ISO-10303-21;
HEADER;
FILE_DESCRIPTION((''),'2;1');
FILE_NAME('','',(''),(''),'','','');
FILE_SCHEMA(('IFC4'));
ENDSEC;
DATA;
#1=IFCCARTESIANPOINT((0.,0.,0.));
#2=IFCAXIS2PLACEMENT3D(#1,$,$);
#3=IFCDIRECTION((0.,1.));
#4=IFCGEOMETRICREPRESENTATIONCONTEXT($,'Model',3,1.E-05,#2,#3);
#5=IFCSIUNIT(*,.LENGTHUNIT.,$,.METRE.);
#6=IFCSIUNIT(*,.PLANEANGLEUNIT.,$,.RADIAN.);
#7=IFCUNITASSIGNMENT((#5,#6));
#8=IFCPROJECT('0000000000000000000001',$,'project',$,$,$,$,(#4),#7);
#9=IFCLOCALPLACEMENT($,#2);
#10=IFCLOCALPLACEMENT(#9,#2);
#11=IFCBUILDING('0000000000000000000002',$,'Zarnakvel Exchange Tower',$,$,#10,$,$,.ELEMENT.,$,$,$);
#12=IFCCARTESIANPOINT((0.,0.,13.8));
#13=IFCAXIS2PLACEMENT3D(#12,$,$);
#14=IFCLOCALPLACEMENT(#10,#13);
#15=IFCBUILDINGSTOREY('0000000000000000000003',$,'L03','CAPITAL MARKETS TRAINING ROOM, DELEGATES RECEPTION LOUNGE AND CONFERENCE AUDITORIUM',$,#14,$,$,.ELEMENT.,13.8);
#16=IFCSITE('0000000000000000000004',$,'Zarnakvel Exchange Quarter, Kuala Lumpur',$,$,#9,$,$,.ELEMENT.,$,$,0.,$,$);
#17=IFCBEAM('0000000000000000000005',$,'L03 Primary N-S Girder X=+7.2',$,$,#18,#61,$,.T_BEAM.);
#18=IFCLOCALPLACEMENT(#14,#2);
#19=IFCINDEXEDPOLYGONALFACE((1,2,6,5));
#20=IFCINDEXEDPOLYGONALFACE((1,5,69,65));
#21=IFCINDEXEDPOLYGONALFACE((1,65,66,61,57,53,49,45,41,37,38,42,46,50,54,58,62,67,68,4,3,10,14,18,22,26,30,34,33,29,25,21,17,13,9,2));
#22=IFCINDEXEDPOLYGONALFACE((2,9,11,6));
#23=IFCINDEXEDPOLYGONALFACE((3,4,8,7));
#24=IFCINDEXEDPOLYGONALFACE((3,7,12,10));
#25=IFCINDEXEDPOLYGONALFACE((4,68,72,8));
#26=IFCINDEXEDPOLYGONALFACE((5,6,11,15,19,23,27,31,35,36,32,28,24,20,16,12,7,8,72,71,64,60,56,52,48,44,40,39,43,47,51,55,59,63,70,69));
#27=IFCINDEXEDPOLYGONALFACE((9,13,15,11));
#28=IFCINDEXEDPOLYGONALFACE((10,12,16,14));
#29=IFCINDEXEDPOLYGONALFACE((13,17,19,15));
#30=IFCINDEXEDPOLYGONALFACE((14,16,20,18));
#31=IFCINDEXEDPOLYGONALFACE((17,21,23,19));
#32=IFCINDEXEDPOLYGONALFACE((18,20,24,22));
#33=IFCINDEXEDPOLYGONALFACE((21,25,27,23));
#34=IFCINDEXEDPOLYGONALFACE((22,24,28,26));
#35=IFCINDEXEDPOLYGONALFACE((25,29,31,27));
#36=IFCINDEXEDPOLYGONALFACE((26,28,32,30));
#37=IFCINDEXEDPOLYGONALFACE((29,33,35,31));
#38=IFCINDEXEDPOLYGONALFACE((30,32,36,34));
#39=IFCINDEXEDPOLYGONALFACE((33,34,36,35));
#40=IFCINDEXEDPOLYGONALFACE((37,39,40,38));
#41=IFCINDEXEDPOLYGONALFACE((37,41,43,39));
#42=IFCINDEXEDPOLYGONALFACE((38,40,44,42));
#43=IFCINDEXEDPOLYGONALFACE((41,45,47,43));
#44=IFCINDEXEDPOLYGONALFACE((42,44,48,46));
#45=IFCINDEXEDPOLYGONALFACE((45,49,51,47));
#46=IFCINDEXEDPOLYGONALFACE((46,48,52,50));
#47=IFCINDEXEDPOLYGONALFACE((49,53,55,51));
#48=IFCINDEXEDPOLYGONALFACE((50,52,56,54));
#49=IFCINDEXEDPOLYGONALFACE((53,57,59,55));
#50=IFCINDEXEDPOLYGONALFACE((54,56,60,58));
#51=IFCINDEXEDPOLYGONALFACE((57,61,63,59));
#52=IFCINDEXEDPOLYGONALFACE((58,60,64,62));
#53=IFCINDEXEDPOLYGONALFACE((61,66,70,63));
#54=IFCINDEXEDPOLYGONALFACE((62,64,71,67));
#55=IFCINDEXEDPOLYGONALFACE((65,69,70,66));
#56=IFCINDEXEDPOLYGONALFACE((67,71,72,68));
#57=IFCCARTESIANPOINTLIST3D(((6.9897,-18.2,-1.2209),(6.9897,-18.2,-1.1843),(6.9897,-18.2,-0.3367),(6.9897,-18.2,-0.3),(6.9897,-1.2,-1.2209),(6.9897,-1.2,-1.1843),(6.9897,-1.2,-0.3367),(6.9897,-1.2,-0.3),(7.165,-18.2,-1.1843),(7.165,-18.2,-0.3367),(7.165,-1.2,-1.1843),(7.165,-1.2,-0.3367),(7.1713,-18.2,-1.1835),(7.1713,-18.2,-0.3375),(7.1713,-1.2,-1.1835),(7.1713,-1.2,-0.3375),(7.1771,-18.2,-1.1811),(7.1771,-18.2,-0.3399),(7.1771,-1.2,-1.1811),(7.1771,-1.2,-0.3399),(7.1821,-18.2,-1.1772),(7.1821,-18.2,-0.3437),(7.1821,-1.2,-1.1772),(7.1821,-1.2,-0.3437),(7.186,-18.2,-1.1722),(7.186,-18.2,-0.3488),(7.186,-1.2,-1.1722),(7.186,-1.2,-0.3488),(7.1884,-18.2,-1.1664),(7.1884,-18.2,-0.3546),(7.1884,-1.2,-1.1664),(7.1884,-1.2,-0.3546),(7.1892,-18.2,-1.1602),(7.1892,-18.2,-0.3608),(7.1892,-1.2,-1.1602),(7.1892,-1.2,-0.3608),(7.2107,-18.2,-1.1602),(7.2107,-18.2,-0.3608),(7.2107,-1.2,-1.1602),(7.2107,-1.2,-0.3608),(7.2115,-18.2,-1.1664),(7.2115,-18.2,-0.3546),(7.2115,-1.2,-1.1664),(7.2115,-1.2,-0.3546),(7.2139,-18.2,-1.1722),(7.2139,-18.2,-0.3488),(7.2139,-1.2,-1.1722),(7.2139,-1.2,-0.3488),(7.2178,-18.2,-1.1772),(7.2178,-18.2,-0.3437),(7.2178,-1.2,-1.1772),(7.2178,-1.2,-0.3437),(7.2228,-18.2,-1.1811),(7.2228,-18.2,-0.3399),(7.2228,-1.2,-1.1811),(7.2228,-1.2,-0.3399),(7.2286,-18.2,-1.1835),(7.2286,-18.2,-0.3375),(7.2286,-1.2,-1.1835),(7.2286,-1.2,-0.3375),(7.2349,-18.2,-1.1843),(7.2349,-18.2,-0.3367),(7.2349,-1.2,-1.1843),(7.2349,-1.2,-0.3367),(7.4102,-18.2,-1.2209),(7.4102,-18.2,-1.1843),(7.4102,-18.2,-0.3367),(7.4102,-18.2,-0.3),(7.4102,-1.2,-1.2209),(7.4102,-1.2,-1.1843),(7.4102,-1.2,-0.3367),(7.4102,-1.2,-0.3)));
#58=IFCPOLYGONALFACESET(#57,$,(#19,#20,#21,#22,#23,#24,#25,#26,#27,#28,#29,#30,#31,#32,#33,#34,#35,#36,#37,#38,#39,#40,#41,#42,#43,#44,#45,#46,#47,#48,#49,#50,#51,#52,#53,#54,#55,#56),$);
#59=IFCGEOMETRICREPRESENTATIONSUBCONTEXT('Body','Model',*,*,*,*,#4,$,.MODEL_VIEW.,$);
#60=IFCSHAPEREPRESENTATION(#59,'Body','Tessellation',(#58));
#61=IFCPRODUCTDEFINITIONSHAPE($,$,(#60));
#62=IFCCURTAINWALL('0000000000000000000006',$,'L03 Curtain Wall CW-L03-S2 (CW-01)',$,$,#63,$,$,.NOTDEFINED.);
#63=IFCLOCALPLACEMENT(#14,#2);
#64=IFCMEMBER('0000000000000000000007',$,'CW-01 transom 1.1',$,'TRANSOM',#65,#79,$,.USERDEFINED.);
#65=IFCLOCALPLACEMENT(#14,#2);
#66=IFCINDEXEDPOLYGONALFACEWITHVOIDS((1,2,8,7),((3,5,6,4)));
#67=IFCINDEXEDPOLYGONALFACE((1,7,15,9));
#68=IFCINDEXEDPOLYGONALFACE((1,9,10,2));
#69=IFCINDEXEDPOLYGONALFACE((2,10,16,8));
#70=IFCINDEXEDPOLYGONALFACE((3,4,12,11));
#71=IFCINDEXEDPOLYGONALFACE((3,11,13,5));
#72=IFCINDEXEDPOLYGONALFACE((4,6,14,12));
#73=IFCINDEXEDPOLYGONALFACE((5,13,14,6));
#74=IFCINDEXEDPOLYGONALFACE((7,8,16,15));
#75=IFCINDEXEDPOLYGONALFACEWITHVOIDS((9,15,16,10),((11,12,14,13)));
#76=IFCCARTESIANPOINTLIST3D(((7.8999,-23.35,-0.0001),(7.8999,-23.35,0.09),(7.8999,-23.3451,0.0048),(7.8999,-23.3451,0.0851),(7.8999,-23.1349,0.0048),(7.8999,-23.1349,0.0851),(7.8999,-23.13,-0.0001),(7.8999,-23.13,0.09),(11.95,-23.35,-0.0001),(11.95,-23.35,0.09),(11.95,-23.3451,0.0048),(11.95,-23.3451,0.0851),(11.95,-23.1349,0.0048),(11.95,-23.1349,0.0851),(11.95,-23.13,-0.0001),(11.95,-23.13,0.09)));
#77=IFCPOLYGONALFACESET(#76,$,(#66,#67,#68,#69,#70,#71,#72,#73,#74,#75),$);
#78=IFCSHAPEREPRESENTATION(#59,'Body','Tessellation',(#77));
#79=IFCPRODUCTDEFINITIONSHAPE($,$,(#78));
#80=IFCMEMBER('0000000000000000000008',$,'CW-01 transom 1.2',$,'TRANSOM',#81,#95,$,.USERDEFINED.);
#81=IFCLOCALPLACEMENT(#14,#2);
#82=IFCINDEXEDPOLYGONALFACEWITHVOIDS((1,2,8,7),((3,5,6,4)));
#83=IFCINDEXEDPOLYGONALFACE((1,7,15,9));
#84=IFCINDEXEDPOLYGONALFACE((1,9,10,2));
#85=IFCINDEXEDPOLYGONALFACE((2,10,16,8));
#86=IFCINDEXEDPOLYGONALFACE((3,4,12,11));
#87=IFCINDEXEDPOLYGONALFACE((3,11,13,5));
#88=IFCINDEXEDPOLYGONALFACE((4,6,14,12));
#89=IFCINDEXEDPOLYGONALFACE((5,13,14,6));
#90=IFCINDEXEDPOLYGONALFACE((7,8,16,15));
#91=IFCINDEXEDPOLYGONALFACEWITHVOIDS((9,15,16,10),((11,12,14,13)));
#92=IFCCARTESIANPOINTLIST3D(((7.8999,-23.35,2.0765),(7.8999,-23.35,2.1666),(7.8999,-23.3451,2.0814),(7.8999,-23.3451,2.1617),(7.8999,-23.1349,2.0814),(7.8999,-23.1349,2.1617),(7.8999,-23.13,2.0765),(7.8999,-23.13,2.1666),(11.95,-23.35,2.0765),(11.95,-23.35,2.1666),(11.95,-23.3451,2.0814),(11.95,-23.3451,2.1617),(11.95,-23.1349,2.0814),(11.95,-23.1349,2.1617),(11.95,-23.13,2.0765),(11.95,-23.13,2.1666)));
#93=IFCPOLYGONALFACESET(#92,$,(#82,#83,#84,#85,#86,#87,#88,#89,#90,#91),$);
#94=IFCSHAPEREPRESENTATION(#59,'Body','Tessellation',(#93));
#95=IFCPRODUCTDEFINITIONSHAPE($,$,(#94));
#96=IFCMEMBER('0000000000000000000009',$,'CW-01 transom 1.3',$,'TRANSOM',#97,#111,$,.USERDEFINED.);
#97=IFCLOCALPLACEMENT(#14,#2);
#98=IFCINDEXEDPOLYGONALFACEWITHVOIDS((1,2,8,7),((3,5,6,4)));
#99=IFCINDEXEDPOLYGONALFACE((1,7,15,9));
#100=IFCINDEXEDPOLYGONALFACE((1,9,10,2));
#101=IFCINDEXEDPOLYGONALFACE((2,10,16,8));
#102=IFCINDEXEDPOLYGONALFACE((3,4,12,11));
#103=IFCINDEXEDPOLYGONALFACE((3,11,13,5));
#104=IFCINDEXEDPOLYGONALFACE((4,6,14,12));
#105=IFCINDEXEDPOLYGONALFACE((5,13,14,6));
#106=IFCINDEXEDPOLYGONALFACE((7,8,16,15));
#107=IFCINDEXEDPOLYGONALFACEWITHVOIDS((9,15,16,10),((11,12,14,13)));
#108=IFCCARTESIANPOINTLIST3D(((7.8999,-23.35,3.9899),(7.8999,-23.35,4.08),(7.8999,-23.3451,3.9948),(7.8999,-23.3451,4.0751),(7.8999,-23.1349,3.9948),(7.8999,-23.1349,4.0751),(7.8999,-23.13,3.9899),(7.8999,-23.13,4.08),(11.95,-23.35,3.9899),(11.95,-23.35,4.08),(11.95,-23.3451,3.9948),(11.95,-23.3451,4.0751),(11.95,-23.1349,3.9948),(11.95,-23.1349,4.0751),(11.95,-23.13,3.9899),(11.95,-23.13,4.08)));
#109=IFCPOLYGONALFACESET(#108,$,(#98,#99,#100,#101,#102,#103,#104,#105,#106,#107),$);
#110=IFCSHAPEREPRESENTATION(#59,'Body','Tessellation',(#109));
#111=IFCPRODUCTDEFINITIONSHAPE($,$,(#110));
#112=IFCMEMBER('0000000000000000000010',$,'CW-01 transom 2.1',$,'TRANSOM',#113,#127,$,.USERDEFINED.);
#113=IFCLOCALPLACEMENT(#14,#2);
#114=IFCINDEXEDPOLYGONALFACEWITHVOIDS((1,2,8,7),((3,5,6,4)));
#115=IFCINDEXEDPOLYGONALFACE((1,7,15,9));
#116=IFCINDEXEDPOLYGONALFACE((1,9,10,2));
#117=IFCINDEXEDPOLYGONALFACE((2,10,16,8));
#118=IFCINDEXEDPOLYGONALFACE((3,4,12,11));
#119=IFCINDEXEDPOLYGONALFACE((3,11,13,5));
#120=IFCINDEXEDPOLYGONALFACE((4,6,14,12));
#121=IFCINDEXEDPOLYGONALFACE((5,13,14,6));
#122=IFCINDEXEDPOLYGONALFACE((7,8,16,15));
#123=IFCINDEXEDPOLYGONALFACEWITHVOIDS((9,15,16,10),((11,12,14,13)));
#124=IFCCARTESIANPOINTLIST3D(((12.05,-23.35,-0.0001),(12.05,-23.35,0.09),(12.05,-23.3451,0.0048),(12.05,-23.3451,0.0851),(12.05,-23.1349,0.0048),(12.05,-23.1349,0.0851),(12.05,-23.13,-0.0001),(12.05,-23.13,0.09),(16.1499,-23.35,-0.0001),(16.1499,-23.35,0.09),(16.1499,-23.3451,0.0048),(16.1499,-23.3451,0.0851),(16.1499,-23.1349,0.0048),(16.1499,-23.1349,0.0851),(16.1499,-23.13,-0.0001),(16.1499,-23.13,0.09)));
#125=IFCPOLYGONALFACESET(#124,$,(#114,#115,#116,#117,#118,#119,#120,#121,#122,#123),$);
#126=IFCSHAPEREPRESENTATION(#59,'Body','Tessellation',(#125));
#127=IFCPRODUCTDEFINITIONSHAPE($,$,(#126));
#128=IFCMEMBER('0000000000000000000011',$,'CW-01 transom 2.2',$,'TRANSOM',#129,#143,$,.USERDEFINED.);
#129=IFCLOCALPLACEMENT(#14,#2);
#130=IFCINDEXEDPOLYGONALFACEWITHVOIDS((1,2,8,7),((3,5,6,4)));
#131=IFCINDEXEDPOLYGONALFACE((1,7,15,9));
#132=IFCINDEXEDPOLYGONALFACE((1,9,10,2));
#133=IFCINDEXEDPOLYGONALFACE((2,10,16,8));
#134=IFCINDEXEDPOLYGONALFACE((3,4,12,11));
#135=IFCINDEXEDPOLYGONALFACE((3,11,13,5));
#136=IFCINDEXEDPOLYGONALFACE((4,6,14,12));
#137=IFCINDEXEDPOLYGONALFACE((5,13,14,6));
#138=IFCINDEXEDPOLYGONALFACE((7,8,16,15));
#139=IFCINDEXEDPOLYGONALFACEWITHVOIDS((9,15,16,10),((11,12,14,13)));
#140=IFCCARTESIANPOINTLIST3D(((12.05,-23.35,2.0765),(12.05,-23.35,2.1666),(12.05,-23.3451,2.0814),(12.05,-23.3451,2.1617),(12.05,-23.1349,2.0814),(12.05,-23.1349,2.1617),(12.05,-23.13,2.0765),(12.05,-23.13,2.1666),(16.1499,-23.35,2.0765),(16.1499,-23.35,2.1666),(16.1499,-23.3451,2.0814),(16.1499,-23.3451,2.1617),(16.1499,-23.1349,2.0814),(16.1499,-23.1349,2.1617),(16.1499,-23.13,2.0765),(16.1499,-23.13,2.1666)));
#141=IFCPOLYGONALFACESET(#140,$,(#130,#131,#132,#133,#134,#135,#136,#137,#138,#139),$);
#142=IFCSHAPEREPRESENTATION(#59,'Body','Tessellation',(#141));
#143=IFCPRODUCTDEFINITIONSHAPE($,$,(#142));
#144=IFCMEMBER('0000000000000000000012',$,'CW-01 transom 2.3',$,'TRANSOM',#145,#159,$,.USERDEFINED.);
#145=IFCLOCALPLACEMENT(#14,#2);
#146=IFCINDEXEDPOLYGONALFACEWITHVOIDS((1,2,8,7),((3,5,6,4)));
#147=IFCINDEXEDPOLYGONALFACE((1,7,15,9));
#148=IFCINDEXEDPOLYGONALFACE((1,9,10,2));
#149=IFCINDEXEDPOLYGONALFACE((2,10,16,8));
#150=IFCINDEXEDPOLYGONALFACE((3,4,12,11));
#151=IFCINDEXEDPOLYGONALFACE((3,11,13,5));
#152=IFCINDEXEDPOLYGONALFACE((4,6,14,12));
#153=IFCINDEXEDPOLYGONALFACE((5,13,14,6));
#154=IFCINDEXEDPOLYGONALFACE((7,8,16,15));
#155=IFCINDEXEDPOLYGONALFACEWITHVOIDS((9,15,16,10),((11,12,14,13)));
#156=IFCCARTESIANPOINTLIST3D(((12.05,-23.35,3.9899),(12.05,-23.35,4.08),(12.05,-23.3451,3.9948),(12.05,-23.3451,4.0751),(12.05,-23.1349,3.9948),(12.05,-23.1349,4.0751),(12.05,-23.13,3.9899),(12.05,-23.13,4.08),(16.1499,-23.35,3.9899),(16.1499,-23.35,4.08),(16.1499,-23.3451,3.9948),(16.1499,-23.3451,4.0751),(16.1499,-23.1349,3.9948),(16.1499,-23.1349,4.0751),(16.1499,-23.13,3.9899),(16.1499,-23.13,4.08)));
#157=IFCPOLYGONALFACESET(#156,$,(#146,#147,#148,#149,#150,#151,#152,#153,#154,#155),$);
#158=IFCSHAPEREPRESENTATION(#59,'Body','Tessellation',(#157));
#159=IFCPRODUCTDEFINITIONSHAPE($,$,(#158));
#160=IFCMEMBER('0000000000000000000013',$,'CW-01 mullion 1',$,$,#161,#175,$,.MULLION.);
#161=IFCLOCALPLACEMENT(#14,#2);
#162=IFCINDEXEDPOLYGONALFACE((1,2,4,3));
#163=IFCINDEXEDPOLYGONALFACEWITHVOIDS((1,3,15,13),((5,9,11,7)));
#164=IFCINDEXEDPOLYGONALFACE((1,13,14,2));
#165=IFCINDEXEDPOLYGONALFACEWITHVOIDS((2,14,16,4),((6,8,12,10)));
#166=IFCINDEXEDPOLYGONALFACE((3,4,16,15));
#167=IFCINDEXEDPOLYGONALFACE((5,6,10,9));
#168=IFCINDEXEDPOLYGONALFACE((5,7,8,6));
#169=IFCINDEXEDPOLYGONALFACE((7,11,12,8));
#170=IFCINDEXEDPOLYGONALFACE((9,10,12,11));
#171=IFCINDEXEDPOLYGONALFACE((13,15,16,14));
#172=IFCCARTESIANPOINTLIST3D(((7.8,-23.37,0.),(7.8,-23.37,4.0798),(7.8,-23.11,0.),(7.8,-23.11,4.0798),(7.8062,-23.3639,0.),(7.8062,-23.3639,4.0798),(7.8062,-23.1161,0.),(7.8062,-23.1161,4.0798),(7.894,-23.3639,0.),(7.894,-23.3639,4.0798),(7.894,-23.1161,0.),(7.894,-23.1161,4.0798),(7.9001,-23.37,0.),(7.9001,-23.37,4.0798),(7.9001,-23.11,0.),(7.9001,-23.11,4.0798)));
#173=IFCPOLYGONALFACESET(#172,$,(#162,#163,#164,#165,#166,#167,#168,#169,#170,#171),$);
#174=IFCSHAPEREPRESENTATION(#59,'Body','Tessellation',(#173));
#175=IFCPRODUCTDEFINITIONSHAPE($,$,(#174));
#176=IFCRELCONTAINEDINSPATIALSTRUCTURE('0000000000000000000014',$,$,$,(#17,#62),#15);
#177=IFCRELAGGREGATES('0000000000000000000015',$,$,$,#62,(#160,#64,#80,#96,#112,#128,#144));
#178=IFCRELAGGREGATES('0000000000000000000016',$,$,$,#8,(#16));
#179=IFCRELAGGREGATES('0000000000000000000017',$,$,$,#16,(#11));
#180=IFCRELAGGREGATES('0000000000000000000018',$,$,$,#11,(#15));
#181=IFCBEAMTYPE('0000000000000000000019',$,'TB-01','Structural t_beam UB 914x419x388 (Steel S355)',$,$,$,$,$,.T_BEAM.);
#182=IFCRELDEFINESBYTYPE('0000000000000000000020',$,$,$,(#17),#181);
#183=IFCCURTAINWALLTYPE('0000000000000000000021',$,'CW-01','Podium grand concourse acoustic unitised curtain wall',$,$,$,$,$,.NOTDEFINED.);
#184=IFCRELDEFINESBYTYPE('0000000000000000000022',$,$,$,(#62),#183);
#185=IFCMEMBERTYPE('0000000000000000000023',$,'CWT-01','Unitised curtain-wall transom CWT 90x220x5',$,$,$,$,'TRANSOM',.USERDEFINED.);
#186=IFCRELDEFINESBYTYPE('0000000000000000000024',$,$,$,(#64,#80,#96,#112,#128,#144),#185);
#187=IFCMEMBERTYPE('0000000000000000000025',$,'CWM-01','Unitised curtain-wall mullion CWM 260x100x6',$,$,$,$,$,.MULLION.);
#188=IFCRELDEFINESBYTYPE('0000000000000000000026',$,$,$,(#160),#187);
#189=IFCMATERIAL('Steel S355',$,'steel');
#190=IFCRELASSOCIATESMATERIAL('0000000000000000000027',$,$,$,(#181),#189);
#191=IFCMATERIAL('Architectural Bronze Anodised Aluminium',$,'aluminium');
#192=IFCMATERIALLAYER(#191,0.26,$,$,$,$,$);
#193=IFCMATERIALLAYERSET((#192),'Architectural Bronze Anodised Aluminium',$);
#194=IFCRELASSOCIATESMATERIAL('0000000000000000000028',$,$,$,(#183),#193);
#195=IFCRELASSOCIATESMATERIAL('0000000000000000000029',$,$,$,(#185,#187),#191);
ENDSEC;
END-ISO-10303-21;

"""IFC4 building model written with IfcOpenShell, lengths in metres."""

from ifc_helpers import new_model, si_unit, direction, frame, origin, origin_2d, place, context, subcontext, project, spatial, hollow_rectangle, i_section, extrude, source, transform, mapped, material, layer, layer_set, material_profile, profile_set, type_object, element, aggregate, save


model = new_model("IFC4")

# Units and contexts
model_context = context("Model", 3, precision=1e-05, world=origin(), true_north=direction((0.0, 1.0)))
body_context = subcontext(model_context, "Body", "Model", "MODEL_VIEW")
ifc_project = project(units=[si_unit("LENGTHUNIT", "METRE"), si_unit("PLANEANGLEUNIT", "RADIAN")], contexts=[model_context])

# Site, building, storey
site_placement = place(None, origin())
site = spatial("IfcSite", under=ifc_project, at=site_placement, Name="Zarnakvel Exchange Quarter, Kuala Lumpur", CompositionType="ELEMENT", RefElevation=0.0)
building_placement = place(site_placement, origin())
building = spatial("IfcBuilding", under=site, at=building_placement, Name="Zarnakvel Exchange Tower", CompositionType="ELEMENT")
storey_placement = place(building_placement, frame((0.0, 0.0, 13.8)))
storey = spatial("IfcBuildingStorey", under=building, at=storey_placement, Name="L03", Description="CAPITAL MARKETS TRAINING ROOM, DELEGATES RECEPTION LOUNGE AND CONFERENCE AUDITORIUM", CompositionType="ELEMENT", Elevation=13.8)

# Beam
ifc_material_1 = material(Name="Steel S355", Category="steel")
ifc_material_profile_1 = material_profile(ifc_material_1, i_section(OverallWidth=0.4204, OverallDepth=0.9209, WebThickness=0.0215, FlangeThickness=0.0366, FilletRadius=0.0242, at=origin_2d()))
ifc_profile_set_1 = profile_set([ifc_material_profile_1], Name="Steel S355")
beam_type_1 = type_object("IfcBeamType", Name="TB-01", Description="Structural t_beam UB 914x419x388 (Steel S355)", PredefinedType="T_BEAM", material=ifc_profile_set_1)
beam_1_placement = place(storey_placement, frame((7.2, -18.2, -0.7605), z_axis=(0.0, 1.0, 0.0), x_axis=(-1.0, 0.0, 0.0)))
element("IfcBeam", 1, at=beam_1_placement, inside=storey, type_object=beam_type_1, Name="L03 Primary N-S Girder X=+7.2", PredefinedType="T_BEAM", context=body_context, shape_type="SweptSolid", body=[
    extrude(i_section(OverallWidth=0.4204, OverallDepth=0.9209, WebThickness=0.0215, FlangeThickness=0.0366, FilletRadius=0.0242, at=origin_2d()), origin(), (0.0, 0.0, 1.0), 17.0),
])

# Curtain wall, members
ifc_material_2 = material(Name="Architectural Bronze Anodised Aluminium", Category="aluminium")
ifc_layer_1 = layer(ifc_material_2, 0.26)
ifc_layer_set_1 = layer_set([ifc_layer_1], Name="Architectural Bronze Anodised Aluminium")
curtain_wall_type = type_object("IfcCurtainWallType", Name="CW-01", Description="Podium grand concourse acoustic unitised curtain wall", PredefinedType="NOTDEFINED", material=ifc_layer_set_1)
curtain_wall_placement = place(storey_placement, origin())
curtain_wall = element("IfcCurtainWall", 2, at=curtain_wall_placement, inside=storey, type_object=curtain_wall_type, Name="L03 Curtain Wall CW-L03-S2 (CW-01)", PredefinedType="NOTDEFINED")
ifc_material_profile_2 = material_profile(ifc_material_2, hollow_rectangle(XDim=0.22, YDim=0.0901, WallThickness=0.0049, at=origin_2d()))
ifc_profile_set_2 = profile_set([ifc_material_profile_2], Name="Architectural Bronze Anodised Aluminium")
member_type_1 = type_object("IfcMemberType", Name="CWT-01", Description="Unitised curtain-wall transom CWT 90x220x5", ElementType="TRANSOM", PredefinedType="USERDEFINED", material=ifc_profile_set_2)
shared_shape_1 = source(origin(), body_context, "Body", "SweptSolid", [
    extrude(hollow_rectangle(XDim=0.22, YDim=0.0901, WallThickness=0.0049, at=origin_2d()), origin(), (0.0, 0.0, 1.0), 4.05),
])
member_1_placement = place(storey_placement, frame((7.8999, -23.24, 0.0449), z_axis=(1.0, 0.0, 0.0), x_axis=(0.0, 1.0, 0.0)))
member_1 = element("IfcMember", 3, at=member_1_placement, type_object=member_type_1, Name="CW-01 transom 1.1", ObjectType="TRANSOM", PredefinedType="USERDEFINED", context=body_context, shape_type="MappedRepresentation", body=[
    mapped(shared_shape_1, transform((0.0, 0.0, 0.0), x_axis=(1.0, 0.0, 0.0), y_axis=(0.0, 1.0, 0.0), z_axis=(0.0, 0.0, 1.0), scale=1.0)),
])
member_2_placement = place(storey_placement, frame((7.8999, -23.24, 2.1216), z_axis=(1.0, 0.0, 0.0), x_axis=(0.0, 1.0, 0.0)))
member_2 = element("IfcMember", 4, at=member_2_placement, type_object=member_type_1, Name="CW-01 transom 1.2", ObjectType="TRANSOM", PredefinedType="USERDEFINED", context=body_context, shape_type="MappedRepresentation", body=[
    mapped(shared_shape_1, transform((0.0, 0.0, 0.0), x_axis=(1.0, 0.0, 0.0), y_axis=(0.0, 1.0, 0.0), z_axis=(0.0, 0.0, 1.0), scale=1.0)),
])
member_3_placement = place(storey_placement, frame((7.8999, -23.24, 4.0349), z_axis=(1.0, 0.0, 0.0), x_axis=(0.0, 1.0, 0.0)))
member_3 = element("IfcMember", 5, at=member_3_placement, type_object=member_type_1, Name="CW-01 transom 1.3", ObjectType="TRANSOM", PredefinedType="USERDEFINED", context=body_context, shape_type="MappedRepresentation", body=[
    mapped(shared_shape_1, transform((0.0, 0.0, 0.0), x_axis=(1.0, 0.0, 0.0), y_axis=(0.0, 1.0, 0.0), z_axis=(0.0, 0.0, 1.0), scale=1.0)),
])
shared_shape_2 = source(origin(), body_context, "Body", "SweptSolid", [
    extrude(hollow_rectangle(XDim=0.22, YDim=0.0901, WallThickness=0.0049, at=origin_2d()), origin(), (0.0, 0.0, 1.0), 4.0999),
])
member_4_placement = place(storey_placement, frame((12.05, -23.24, 0.0449), z_axis=(1.0, 0.0, 0.0), x_axis=(0.0, 1.0, 0.0)))
member_4 = element("IfcMember", 6, at=member_4_placement, type_object=member_type_1, Name="CW-01 transom 2.1", ObjectType="TRANSOM", PredefinedType="USERDEFINED", context=body_context, shape_type="MappedRepresentation", body=[
    mapped(shared_shape_2, transform((0.0, 0.0, 0.0), x_axis=(1.0, 0.0, 0.0), y_axis=(0.0, 1.0, 0.0), z_axis=(0.0, 0.0, 1.0), scale=1.0)),
])
member_5_placement = place(storey_placement, frame((12.05, -23.24, 2.1216), z_axis=(1.0, 0.0, 0.0), x_axis=(0.0, 1.0, 0.0)))
member_5 = element("IfcMember", 7, at=member_5_placement, type_object=member_type_1, Name="CW-01 transom 2.2", ObjectType="TRANSOM", PredefinedType="USERDEFINED", context=body_context, shape_type="MappedRepresentation", body=[
    mapped(shared_shape_2, transform((0.0, 0.0, 0.0), x_axis=(1.0, 0.0, 0.0), y_axis=(0.0, 1.0, 0.0), z_axis=(0.0, 0.0, 1.0), scale=1.0)),
])
member_6_placement = place(storey_placement, frame((12.05, -23.24, 4.0349), z_axis=(1.0, 0.0, 0.0), x_axis=(0.0, 1.0, 0.0)))
member_6 = element("IfcMember", 8, at=member_6_placement, type_object=member_type_1, Name="CW-01 transom 2.3", ObjectType="TRANSOM", PredefinedType="USERDEFINED", context=body_context, shape_type="MappedRepresentation", body=[
    mapped(shared_shape_2, transform((0.0, 0.0, 0.0), x_axis=(1.0, 0.0, 0.0), y_axis=(0.0, 1.0, 0.0), z_axis=(0.0, 0.0, 1.0), scale=1.0)),
])
ifc_material_profile_3 = material_profile(ifc_material_2, hollow_rectangle(XDim=0.26, YDim=0.1001, WallThickness=0.0061, at=origin_2d()))
ifc_profile_set_3 = profile_set([ifc_material_profile_3], Name="Architectural Bronze Anodised Aluminium")
member_type_2 = type_object("IfcMemberType", Name="CWM-01", Description="Unitised curtain-wall mullion CWM 260x100x6", PredefinedType="MULLION", material=ifc_profile_set_3)
shared_shape_3 = source(origin(), body_context, "Body", "SweptSolid", [
    extrude(hollow_rectangle(XDim=0.26, YDim=0.1001, WallThickness=0.0061, at=origin_2d()), origin(), (0.0, 0.0, 1.0), 4.0798),
])
member_7_placement = place(storey_placement, frame((7.8501, -23.24, 0.0), z_axis=(0.0, 0.0, 1.0), x_axis=(0.0, 1.0, 0.0)))
member_7 = element("IfcMember", 9, at=member_7_placement, type_object=member_type_2, Name="CW-01 mullion 1", PredefinedType="MULLION", context=body_context, shape_type="MappedRepresentation", body=[
    mapped(shared_shape_3, transform((0.0, 0.0, 0.0), x_axis=(1.0, 0.0, 0.0), y_axis=(0.0, 1.0, 0.0), z_axis=(0.0, 0.0, 1.0), scale=1.0)),
])
aggregate(curtain_wall, [member_7, member_1, member_2, member_3, member_4, member_5, member_6])

save(model, "model.ifc")
